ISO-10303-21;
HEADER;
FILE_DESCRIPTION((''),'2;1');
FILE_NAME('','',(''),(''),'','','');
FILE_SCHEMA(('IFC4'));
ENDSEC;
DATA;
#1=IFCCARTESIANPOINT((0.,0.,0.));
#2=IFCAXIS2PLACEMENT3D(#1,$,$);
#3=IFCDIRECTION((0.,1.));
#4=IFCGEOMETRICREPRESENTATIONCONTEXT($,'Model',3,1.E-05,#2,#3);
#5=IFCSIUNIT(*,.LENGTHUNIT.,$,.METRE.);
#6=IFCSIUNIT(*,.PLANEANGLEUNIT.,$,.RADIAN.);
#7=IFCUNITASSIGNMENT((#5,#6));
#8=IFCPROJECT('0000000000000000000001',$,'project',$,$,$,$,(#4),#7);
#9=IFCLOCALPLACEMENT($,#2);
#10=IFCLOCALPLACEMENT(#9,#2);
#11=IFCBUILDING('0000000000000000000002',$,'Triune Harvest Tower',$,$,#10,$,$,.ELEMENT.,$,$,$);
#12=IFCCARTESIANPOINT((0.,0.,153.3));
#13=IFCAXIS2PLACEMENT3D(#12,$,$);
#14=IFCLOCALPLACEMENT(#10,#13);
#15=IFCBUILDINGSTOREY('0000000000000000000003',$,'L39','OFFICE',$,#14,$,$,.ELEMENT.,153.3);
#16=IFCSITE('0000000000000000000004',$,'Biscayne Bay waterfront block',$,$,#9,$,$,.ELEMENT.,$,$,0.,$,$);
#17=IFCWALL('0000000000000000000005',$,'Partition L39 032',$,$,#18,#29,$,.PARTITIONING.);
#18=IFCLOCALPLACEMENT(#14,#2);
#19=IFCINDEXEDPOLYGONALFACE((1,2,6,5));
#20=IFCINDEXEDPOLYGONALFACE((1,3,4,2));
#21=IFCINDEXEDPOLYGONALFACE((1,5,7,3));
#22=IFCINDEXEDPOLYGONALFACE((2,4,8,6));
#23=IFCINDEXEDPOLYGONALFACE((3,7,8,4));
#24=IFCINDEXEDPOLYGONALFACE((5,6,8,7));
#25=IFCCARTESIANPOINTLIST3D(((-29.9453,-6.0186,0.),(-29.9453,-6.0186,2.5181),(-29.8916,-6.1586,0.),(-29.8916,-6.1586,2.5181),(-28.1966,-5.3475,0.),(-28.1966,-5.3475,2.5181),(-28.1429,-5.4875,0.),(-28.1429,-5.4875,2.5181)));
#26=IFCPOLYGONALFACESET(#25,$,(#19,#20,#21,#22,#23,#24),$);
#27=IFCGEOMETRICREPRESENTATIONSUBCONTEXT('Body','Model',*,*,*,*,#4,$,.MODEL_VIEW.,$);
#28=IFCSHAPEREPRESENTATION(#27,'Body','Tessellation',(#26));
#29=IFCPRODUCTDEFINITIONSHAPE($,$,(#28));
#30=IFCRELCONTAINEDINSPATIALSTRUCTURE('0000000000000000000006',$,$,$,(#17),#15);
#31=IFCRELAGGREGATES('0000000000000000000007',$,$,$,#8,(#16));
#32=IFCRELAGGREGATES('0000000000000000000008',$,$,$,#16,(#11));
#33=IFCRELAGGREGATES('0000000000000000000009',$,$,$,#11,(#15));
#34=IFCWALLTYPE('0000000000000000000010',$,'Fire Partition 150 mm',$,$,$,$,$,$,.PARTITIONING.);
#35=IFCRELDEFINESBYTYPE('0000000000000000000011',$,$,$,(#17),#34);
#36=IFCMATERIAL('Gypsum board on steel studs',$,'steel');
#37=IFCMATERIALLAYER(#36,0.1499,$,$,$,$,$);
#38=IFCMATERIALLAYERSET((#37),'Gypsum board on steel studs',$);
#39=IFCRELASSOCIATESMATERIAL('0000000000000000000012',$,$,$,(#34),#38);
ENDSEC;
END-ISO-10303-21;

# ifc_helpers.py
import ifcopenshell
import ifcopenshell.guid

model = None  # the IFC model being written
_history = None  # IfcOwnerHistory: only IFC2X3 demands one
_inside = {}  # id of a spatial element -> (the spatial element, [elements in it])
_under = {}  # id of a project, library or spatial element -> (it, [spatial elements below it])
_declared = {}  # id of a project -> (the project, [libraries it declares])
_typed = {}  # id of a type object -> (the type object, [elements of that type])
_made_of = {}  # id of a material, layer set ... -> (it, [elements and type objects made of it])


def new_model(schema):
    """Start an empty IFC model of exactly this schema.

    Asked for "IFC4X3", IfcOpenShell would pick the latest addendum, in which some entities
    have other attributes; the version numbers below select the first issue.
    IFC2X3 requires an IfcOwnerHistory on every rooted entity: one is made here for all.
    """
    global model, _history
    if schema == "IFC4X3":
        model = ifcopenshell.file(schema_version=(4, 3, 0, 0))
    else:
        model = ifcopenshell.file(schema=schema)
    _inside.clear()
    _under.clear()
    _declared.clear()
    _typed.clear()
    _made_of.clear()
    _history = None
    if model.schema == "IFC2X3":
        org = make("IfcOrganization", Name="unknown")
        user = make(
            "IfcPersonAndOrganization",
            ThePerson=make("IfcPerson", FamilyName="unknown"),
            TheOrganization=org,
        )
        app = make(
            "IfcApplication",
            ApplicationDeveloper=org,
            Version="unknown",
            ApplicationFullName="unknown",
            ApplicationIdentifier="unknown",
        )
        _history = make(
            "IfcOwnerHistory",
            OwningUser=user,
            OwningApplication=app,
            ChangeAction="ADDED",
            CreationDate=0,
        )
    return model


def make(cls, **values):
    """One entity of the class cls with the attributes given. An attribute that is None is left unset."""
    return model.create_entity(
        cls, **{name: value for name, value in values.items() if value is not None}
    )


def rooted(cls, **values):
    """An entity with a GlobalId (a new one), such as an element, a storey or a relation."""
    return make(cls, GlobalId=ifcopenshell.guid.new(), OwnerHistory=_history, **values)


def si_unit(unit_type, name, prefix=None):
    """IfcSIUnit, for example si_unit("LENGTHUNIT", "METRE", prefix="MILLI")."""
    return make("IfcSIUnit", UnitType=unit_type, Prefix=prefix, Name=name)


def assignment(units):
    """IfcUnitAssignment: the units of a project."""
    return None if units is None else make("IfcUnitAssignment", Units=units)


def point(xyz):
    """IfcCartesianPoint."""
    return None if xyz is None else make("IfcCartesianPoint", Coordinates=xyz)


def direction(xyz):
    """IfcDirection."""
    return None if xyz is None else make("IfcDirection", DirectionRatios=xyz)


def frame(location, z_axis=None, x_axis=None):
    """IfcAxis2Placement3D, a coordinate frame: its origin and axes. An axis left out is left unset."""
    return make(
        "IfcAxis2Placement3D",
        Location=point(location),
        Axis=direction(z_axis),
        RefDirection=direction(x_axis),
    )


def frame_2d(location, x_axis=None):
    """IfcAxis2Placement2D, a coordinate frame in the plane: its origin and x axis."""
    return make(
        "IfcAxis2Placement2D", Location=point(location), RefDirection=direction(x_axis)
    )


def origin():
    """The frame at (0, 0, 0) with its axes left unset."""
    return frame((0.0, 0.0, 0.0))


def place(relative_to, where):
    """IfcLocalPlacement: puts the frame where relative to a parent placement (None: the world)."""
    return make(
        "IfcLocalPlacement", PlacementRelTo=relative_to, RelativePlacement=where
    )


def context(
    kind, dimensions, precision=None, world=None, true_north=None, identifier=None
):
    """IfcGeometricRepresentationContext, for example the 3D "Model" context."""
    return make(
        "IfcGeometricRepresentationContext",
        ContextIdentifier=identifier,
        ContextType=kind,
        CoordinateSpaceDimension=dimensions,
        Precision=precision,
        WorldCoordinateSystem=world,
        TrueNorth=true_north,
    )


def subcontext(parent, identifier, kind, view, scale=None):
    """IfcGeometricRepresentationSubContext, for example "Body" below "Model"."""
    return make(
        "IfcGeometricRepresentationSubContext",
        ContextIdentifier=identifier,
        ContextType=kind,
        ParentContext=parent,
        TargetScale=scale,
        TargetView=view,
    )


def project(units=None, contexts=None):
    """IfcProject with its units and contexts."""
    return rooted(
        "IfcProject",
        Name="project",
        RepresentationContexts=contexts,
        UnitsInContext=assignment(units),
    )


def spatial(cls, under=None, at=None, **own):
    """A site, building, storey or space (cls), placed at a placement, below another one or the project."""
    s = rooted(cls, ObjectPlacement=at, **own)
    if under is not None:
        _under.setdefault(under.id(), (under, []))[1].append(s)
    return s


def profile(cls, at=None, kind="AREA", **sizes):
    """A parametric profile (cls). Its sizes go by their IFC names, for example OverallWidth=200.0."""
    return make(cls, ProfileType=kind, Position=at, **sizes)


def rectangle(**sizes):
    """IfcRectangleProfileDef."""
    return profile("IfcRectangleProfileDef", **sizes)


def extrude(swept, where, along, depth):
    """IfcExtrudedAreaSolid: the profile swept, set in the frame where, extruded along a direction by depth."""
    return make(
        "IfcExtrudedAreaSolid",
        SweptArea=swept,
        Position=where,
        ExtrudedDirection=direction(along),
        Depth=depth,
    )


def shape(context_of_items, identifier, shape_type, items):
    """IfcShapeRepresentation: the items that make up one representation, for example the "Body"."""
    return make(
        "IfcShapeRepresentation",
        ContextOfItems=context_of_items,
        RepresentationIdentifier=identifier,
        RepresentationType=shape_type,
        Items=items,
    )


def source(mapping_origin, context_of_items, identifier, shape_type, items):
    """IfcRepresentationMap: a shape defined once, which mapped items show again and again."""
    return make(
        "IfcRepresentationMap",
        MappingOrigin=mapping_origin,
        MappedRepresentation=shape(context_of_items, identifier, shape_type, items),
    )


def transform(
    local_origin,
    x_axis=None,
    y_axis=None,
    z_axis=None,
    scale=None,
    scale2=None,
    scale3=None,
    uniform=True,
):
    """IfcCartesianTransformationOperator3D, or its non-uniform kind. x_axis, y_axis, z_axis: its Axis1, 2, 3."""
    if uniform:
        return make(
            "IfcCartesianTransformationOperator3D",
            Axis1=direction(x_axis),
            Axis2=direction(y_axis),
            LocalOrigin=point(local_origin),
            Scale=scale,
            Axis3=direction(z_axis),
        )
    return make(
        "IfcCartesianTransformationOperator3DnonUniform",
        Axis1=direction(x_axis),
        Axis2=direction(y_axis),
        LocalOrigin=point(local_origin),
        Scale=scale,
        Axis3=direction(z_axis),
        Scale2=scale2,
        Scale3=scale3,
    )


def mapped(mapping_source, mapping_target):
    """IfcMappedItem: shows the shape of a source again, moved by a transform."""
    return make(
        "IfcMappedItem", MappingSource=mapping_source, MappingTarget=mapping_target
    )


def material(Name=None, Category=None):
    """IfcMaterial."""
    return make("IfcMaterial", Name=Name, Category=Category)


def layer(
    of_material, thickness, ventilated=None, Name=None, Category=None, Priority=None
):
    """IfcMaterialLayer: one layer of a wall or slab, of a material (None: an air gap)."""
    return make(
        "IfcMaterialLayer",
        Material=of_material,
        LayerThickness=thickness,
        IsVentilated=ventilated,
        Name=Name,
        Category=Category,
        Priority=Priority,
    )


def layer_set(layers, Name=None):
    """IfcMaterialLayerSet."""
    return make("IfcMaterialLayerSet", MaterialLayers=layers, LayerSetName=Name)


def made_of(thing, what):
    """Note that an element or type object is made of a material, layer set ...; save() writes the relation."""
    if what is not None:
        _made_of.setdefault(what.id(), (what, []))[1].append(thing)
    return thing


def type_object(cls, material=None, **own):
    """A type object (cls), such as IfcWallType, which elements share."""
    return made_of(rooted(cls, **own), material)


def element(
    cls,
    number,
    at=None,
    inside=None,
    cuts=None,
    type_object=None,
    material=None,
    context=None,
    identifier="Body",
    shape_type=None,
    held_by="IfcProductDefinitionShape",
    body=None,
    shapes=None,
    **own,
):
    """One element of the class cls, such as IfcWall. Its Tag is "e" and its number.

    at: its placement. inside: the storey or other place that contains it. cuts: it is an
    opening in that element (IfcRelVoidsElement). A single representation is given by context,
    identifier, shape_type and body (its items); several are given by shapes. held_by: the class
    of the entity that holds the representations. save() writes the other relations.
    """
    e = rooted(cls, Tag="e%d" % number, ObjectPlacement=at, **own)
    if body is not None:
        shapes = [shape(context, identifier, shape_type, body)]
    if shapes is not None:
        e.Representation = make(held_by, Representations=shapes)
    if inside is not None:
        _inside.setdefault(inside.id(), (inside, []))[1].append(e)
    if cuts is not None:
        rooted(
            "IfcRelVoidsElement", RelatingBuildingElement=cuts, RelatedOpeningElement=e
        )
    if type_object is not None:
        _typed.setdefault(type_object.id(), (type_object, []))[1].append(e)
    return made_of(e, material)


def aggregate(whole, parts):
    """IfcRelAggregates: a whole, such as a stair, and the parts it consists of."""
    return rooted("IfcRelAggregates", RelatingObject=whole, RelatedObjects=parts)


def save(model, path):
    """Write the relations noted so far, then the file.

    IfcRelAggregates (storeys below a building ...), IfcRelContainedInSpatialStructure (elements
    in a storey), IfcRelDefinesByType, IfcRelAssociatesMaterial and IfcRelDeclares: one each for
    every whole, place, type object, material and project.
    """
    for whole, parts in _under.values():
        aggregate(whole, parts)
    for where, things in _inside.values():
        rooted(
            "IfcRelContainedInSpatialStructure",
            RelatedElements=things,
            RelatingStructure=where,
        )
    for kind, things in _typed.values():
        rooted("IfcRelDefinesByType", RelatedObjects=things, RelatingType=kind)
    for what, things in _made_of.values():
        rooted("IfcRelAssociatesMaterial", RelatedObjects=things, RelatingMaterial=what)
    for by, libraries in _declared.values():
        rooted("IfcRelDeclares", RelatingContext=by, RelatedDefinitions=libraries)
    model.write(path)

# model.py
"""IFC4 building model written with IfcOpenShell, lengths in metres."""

from ifc_helpers import new_model, si_unit, direction, frame, frame_2d, origin, place, context, subcontext, project, spatial, rectangle, extrude, source, transform, mapped, material, layer, layer_set, type_object, element, save


model = new_model("IFC4")

# Units and contexts
model_context = context("Model", 3, precision=1e-05, world=origin(), true_north=direction((0.0, 1.0)))
body_context = subcontext(model_context, "Body", "Model", "MODEL_VIEW")
ifc_project = project(units=[si_unit("LENGTHUNIT", "METRE"), si_unit("PLANEANGLEUNIT", "RADIAN")], contexts=[model_context])

# Site, building, storey
site_placement = place(None, origin())
site = spatial("IfcSite", under=ifc_project, at=site_placement, Name="Biscayne Bay waterfront block", CompositionType="ELEMENT", RefElevation=0.0)
building_placement = place(site_placement, origin())
building = spatial("IfcBuilding", under=site, at=building_placement, Name="Triune Harvest Tower", CompositionType="ELEMENT")
storey_placement = place(building_placement, frame((0.0, 0.0, 153.3)))
storey = spatial("IfcBuildingStorey", under=building, at=storey_placement, Name="L39", Description="OFFICE", CompositionType="ELEMENT", Elevation=153.3)

# Shared definitions
ifc_material_1 = material(Name="Gypsum board on steel studs", Category="steel")
ifc_layer_1 = layer(ifc_material_1, 0.1499)
ifc_layer_set_1 = layer_set([ifc_layer_1], Name="Gypsum board on steel studs")
wall_type_1 = type_object("IfcWallType", Name="Fire Partition 150 mm", PredefinedType="PARTITIONING", material=ifc_layer_set_1)

# Wall
shared_shape_1 = source(origin(), body_context, "Body", "SweptSolid", [
    extrude(rectangle(XDim=1.873, YDim=0.1499, at=frame_2d((0.9365, 0.0))), origin(), (0.0, 0.0, 1.0), 2.5181),
])
wall_1_placement = place(storey_placement, frame((-29.9185, -6.0886, 0.0), z_axis=(0.0, 0.0, 1.0), x_axis=(0.933607, 0.358298, 0.0)))
element("IfcWall", 1, at=wall_1_placement, inside=storey, type_object=wall_type_1, Name="Partition L39 032", PredefinedType="PARTITIONING", context=body_context, shape_type="MappedRepresentation", body=[
    mapped(shared_shape_1, transform((0.0, 0.0, 0.0), scale=1.0)),
])

save(model, "model.ifc")
